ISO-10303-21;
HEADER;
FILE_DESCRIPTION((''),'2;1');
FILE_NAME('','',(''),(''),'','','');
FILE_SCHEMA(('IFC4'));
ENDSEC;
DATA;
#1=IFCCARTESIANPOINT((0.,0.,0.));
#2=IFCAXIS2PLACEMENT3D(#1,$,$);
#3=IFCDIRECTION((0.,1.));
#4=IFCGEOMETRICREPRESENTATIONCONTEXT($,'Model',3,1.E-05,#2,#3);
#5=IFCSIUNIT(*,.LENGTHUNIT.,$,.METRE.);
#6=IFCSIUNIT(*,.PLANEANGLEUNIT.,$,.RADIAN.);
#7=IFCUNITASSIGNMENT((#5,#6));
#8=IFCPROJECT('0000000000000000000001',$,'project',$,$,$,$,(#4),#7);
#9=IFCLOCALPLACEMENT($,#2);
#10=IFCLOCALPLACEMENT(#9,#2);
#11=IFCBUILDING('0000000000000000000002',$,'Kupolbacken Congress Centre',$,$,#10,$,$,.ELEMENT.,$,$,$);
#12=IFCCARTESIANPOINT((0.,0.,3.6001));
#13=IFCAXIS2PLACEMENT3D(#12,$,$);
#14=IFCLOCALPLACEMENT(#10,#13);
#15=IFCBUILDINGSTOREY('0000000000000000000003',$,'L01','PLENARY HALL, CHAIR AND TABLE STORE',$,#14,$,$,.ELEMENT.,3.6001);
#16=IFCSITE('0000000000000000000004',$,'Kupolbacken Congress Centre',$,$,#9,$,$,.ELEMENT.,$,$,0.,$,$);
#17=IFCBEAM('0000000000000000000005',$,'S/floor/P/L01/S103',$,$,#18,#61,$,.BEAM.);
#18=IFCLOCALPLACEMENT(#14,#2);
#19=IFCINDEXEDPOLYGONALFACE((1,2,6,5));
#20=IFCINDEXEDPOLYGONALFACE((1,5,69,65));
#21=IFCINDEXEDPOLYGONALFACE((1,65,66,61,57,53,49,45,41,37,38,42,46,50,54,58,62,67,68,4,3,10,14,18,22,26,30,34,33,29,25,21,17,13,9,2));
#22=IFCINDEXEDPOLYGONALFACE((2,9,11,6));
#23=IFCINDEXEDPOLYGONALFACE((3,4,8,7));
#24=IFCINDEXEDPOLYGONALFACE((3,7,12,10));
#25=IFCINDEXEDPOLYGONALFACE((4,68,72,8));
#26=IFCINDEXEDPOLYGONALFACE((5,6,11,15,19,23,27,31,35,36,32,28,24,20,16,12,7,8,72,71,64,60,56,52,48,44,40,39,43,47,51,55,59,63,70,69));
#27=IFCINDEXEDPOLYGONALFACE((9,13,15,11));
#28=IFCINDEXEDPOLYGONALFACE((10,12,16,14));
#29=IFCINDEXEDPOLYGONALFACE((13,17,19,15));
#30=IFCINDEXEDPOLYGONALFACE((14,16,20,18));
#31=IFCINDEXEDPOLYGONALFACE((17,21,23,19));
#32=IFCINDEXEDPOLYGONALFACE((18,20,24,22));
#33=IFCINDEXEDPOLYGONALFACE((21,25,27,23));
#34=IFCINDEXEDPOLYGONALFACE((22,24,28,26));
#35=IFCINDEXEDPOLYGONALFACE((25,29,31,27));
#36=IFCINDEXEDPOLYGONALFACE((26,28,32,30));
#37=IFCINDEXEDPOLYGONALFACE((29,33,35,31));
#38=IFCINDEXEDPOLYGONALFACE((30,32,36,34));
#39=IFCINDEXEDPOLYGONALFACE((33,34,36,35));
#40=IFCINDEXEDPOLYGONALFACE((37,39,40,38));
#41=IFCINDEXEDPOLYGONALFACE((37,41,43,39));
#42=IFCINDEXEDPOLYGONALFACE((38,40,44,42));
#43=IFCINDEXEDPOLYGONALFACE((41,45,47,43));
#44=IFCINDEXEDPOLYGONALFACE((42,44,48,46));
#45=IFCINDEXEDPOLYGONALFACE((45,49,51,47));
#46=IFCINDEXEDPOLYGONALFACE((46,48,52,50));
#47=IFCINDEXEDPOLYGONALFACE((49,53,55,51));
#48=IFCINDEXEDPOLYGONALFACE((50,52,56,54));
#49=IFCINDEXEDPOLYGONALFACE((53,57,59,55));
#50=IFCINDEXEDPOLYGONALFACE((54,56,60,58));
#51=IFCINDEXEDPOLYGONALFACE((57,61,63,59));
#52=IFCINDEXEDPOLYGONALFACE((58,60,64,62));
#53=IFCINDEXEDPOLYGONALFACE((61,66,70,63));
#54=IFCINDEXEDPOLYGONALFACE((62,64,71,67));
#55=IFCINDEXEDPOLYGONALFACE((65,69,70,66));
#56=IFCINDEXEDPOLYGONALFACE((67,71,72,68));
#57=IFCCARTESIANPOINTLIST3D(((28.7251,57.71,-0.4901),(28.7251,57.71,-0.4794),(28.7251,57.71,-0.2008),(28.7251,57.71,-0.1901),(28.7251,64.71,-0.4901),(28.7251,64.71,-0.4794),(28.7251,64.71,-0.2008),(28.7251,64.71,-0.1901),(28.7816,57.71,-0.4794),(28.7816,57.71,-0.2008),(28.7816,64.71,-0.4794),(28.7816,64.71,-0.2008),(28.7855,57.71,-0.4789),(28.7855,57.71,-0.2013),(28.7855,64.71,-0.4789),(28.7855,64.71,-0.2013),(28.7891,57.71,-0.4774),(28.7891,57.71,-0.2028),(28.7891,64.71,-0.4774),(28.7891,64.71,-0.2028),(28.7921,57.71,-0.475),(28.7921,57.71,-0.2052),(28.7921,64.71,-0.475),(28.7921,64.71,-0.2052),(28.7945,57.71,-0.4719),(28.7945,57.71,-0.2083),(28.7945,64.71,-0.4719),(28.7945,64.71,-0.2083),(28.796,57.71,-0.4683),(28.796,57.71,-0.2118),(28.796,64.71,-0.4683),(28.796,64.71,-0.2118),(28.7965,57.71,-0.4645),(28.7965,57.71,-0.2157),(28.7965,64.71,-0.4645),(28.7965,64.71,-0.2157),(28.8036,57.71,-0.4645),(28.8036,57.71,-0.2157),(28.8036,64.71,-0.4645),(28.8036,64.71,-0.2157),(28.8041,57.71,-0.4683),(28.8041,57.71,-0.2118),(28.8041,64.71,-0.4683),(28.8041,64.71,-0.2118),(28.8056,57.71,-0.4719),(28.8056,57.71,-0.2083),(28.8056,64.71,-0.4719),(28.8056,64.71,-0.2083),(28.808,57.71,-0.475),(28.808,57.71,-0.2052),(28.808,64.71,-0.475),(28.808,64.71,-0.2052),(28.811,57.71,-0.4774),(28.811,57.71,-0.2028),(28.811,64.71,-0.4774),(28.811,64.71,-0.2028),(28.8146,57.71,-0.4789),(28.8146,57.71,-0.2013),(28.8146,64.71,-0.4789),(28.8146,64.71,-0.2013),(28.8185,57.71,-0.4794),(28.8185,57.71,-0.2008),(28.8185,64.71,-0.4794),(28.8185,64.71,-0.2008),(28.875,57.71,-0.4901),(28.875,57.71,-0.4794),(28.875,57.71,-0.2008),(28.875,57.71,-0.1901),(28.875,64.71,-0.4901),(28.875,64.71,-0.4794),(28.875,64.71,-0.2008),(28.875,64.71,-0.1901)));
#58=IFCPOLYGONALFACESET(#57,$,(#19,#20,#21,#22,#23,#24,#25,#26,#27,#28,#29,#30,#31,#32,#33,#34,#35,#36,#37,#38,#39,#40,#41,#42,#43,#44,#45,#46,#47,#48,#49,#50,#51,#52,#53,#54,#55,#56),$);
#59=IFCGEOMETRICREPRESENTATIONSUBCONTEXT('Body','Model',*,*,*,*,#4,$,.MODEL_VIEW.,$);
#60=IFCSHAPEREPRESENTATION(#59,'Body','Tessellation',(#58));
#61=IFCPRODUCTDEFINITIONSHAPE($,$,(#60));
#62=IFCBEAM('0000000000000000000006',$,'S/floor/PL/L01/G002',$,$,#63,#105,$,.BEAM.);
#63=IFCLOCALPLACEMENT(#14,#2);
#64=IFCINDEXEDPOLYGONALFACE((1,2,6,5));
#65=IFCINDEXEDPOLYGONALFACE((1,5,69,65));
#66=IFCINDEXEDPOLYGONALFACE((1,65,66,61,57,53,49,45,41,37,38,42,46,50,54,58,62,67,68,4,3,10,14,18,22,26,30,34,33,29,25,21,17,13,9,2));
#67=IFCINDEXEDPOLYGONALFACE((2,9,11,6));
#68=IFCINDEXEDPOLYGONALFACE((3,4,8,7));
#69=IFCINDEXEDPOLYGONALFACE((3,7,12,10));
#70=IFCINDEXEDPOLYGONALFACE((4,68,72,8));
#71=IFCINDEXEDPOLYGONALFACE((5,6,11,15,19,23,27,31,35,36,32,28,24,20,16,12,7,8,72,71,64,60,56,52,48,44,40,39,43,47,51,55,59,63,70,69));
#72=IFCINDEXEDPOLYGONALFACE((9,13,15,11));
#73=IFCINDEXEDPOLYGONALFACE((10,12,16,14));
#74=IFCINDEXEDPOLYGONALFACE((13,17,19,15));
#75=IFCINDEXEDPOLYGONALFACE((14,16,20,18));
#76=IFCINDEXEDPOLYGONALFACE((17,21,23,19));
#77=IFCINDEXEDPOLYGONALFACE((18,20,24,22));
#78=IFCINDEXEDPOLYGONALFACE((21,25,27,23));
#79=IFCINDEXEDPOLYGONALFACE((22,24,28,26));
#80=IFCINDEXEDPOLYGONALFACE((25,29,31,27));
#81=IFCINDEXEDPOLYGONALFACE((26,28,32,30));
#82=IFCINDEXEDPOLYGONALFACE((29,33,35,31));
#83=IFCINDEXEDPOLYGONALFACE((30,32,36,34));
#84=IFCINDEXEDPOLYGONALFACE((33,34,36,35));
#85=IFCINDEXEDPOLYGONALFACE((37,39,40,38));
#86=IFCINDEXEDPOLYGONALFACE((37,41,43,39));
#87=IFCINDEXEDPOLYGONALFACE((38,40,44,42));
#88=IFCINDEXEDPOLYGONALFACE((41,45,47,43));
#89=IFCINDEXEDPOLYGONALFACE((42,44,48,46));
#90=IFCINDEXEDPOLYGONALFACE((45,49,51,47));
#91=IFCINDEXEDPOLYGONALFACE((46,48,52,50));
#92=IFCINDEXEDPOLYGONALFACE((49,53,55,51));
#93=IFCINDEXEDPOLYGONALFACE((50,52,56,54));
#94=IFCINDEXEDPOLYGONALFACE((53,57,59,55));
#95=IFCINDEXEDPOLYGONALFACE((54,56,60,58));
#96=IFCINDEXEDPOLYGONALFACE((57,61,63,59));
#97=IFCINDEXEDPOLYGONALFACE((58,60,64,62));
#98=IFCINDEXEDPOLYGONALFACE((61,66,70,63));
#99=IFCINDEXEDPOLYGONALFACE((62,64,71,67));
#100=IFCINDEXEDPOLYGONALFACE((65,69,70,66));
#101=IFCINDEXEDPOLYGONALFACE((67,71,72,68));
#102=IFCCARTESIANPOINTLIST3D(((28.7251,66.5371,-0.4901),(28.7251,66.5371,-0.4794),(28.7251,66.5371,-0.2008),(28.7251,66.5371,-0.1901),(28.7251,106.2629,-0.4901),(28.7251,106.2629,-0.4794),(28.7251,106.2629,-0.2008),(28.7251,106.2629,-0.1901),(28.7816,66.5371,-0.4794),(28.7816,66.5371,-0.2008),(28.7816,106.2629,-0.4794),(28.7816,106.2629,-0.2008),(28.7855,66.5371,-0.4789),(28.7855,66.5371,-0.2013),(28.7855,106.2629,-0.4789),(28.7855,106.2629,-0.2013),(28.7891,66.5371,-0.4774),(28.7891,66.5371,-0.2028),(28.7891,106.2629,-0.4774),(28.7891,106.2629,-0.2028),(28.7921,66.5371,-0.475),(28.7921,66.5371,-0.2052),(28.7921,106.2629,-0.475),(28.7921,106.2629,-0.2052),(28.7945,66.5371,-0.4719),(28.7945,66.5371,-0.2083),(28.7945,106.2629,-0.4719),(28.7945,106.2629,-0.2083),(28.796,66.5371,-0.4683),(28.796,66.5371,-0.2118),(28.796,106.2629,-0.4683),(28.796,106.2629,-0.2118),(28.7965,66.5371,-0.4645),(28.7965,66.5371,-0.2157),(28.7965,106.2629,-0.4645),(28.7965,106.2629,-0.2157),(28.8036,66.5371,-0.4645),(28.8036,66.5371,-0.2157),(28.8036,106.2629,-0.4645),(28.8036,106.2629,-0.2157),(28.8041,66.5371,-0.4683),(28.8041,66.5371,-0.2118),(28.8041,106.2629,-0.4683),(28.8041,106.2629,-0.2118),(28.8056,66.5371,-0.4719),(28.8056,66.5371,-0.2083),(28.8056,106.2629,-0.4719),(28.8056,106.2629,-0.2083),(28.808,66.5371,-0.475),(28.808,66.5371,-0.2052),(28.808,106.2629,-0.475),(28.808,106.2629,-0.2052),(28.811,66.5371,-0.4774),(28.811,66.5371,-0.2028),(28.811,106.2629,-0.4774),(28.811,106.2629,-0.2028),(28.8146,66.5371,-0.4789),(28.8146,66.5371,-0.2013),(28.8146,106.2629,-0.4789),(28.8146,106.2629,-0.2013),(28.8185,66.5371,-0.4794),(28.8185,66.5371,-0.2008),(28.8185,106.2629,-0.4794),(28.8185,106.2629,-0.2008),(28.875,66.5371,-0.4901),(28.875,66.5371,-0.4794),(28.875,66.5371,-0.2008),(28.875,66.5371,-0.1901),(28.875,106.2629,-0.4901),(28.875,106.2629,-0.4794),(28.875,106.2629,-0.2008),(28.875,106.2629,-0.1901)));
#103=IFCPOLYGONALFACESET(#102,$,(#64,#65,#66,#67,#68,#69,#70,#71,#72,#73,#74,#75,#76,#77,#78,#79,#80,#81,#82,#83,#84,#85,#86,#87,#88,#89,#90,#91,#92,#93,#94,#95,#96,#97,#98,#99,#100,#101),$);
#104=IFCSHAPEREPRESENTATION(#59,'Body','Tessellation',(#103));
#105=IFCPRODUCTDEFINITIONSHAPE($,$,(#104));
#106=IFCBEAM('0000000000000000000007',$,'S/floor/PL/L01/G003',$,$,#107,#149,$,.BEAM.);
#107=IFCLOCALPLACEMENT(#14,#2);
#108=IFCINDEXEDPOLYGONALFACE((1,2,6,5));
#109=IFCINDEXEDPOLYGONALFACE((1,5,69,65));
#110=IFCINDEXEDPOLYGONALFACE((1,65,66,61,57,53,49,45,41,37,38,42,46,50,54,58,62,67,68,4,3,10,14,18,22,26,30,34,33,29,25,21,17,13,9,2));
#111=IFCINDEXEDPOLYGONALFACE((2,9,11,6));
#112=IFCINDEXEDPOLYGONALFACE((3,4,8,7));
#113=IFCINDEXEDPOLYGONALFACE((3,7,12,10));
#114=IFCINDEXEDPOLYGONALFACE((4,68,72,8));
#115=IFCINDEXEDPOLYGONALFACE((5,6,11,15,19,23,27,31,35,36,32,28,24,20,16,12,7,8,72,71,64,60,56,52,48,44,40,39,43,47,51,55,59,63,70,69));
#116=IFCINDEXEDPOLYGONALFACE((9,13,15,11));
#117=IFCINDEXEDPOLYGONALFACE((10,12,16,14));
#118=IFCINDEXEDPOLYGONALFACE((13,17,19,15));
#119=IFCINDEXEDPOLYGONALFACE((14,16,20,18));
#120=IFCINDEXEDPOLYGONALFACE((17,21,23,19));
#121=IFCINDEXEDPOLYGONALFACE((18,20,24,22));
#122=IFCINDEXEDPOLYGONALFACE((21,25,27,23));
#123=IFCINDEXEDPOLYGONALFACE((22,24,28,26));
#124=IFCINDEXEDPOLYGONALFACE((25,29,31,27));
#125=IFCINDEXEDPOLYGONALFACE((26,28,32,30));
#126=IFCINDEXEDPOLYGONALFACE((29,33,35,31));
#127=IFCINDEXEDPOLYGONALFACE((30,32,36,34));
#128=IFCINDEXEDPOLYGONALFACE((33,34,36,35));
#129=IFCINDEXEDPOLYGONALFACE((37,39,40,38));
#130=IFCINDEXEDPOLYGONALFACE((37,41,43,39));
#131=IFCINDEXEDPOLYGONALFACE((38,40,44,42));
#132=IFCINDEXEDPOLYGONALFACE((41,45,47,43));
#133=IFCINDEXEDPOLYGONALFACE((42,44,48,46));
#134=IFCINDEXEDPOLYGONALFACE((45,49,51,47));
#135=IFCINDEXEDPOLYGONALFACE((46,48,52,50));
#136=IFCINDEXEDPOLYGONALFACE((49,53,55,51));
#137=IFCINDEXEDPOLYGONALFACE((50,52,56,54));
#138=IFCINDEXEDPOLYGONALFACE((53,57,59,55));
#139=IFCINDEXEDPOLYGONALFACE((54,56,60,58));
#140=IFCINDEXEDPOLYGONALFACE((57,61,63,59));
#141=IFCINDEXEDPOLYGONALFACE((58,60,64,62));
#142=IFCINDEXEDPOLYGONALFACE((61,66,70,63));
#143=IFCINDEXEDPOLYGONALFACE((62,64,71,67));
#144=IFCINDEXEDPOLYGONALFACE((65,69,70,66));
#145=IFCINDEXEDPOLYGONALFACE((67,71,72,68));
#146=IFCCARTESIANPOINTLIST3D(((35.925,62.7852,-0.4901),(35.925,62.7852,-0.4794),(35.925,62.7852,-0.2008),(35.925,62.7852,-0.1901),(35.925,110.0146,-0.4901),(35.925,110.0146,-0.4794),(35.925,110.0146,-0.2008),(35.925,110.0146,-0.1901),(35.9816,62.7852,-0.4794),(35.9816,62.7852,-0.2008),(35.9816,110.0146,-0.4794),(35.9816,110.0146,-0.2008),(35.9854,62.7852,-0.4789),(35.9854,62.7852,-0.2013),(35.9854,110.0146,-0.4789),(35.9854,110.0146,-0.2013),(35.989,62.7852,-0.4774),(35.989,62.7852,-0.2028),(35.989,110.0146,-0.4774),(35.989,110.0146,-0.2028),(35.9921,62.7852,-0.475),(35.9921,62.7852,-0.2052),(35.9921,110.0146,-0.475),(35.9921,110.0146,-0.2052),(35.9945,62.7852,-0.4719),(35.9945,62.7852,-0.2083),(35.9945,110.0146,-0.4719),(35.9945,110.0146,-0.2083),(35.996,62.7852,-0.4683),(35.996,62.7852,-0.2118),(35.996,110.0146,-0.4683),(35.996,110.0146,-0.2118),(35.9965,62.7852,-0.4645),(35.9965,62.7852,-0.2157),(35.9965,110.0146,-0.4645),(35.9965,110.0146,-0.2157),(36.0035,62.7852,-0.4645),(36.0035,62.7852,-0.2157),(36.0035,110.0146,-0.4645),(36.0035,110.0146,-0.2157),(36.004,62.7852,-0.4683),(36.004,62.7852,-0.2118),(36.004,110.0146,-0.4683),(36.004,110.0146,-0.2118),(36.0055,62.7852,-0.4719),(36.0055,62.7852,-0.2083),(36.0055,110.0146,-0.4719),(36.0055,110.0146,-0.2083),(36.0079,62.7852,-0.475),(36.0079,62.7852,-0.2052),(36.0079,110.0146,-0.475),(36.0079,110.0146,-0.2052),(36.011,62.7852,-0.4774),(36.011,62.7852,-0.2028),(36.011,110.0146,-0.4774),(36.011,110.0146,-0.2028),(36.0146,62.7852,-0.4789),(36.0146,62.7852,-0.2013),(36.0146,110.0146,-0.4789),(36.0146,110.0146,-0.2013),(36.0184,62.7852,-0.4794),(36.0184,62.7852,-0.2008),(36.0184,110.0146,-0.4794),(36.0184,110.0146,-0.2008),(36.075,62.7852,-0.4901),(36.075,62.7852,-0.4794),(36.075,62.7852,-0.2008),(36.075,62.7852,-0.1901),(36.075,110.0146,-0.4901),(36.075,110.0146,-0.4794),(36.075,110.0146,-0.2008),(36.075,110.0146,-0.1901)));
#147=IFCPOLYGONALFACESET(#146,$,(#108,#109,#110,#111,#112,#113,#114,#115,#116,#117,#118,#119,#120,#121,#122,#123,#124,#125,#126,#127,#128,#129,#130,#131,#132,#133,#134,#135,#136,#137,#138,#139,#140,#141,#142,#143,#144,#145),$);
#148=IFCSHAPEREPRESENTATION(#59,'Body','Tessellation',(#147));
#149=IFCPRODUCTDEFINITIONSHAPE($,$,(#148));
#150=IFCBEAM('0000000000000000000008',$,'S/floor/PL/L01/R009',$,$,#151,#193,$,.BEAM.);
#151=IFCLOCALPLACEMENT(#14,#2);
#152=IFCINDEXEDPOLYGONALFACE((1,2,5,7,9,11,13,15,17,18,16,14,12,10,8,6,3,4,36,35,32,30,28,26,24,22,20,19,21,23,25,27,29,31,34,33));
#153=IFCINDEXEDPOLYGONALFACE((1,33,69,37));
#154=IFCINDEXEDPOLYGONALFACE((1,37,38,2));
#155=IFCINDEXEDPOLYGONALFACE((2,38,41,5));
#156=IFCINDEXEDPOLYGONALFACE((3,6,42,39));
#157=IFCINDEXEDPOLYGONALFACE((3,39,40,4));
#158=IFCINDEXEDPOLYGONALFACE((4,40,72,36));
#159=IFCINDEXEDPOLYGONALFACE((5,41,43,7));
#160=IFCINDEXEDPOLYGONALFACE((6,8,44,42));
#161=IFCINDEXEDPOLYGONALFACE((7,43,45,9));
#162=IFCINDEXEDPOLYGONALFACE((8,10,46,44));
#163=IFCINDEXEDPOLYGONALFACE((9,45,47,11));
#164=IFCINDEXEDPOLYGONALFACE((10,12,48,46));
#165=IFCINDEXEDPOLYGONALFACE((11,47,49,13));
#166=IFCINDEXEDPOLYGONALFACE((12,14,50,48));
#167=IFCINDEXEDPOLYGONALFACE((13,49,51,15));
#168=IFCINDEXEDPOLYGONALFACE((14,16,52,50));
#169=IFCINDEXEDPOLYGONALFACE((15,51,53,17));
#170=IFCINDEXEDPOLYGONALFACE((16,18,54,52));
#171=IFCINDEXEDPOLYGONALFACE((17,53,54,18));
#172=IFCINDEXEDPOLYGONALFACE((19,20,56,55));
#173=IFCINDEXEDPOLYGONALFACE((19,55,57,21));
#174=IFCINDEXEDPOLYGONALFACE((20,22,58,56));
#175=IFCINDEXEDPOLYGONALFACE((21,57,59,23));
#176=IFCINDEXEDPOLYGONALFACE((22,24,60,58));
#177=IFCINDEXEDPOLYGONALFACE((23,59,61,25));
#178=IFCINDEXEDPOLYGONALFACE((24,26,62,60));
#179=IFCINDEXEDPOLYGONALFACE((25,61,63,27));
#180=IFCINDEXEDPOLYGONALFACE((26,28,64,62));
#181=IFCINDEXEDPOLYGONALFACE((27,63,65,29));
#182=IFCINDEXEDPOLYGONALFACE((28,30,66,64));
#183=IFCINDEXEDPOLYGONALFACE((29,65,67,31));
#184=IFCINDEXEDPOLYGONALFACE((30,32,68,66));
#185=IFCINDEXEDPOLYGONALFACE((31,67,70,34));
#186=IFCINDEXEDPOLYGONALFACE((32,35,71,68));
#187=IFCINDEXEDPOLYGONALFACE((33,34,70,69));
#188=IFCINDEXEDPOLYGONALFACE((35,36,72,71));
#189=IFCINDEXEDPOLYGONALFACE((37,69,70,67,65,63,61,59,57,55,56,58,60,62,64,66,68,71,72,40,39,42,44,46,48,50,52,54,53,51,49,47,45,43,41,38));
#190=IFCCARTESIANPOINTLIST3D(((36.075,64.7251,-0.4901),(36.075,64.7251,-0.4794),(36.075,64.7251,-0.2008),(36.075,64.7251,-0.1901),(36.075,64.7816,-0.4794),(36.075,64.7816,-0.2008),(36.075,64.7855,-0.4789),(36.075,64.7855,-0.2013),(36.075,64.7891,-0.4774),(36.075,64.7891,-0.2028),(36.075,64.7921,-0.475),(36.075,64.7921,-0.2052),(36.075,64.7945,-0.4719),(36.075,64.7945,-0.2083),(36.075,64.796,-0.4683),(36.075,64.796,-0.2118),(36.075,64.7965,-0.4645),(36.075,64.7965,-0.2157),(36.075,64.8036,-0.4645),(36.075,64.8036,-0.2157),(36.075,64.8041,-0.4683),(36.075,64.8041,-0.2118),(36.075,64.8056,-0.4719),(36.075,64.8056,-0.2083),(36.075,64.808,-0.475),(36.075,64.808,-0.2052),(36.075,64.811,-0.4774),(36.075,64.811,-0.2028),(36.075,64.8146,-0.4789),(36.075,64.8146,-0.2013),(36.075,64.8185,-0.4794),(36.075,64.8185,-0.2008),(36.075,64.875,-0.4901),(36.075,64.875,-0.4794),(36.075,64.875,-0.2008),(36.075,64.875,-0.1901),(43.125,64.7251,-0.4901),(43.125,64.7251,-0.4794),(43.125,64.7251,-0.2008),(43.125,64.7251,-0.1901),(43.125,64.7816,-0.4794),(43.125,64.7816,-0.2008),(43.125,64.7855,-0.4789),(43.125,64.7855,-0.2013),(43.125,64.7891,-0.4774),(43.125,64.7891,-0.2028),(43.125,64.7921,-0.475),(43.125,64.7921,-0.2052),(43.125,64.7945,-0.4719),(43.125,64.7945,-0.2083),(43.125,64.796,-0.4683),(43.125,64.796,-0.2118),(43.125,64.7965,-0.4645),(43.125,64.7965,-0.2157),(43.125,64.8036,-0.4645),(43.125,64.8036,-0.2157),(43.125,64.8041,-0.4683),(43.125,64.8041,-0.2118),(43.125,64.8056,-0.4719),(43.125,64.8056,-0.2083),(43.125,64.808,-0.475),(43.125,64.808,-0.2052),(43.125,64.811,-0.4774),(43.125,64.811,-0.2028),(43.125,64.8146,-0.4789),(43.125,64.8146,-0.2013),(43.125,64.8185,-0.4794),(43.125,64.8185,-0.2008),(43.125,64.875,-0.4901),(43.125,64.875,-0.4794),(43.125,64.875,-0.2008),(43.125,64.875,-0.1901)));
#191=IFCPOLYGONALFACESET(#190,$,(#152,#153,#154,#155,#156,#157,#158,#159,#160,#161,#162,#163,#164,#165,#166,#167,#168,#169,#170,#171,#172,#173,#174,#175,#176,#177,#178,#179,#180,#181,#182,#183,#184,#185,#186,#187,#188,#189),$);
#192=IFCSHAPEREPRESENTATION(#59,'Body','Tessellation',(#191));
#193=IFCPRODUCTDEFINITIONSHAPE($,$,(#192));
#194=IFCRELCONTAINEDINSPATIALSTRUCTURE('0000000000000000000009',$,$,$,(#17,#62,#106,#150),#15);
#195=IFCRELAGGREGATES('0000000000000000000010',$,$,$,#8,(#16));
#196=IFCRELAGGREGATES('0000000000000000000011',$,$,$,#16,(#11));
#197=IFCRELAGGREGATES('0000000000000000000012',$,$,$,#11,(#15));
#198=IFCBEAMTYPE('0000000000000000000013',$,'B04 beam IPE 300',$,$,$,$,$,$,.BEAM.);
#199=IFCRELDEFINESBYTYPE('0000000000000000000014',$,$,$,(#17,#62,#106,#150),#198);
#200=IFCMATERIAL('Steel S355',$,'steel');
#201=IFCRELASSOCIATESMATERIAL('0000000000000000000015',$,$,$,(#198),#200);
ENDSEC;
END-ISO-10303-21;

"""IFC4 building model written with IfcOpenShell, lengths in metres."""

from ifc_helpers import new_model, si_unit, direction, frame, origin, origin_2d, place, context, subcontext, project, spatial, i_section, extrude, material, material_profile, profile_set, type_object, element, save


model = new_model("IFC4")

# Units and contexts
model_context = context("Model", 3, precision=1e-05, world=origin(), true_north=direction((0.0, 1.0)))
body_context = subcontext(model_context, "Body", "Model", "MODEL_VIEW")
ifc_project = project(units=[si_unit("LENGTHUNIT", "METRE"), si_unit("PLANEANGLEUNIT", "RADIAN")], contexts=[model_context])

# Site, building, storey
site_placement = place(None, origin())
site = spatial("IfcSite", under=ifc_project, at=site_placement, Name="Kupolbacken Congress Centre", CompositionType="ELEMENT", RefElevation=0.0)
building_placement = place(site_placement, origin())
building = spatial("IfcBuilding", under=site, at=building_placement, Name="Kupolbacken Congress Centre", CompositionType="ELEMENT")
storey_placement = place(building_placement, frame((0.0, 0.0, 3.6001)))
storey = spatial("IfcBuildingStorey", under=building, at=storey_placement, Name="L01", Description="PLENARY HALL, CHAIR AND TABLE STORE", CompositionType="ELEMENT", Elevation=3.6001)

# Beams
ifc_material_1 = material(Name="Steel S355", Category="steel")
ifc_material_profile_1 = material_profile(ifc_material_1, i_section(OverallWidth=0.1499, OverallDepth=0.3, WebThickness=0.0071, FlangeThickness=0.0107, FilletRadius=0.0149, at=origin_2d()), Name="IPE 300")
ifc_profile_set_1 = profile_set([ifc_material_profile_1], Name="Steel S355")
beam_type_1 = type_object("IfcBeamType", Name="B04 beam IPE 300", PredefinedType="BEAM", material=ifc_profile_set_1)
for number, where, z_axis, x_axis, name in (
    (1, (28.8, 57.71, -0.3401), (0.0, 1.0, 0.0), (-1.0, 0.0, 0.0), "S/floor/P/L01/S103"),
):
    element("IfcBeam", number, at=place(storey_placement, frame(where, z_axis=z_axis, x_axis=x_axis)), inside=storey, type_object=beam_type_1, Name=name, PredefinedType="BEAM", context=body_context, shape_type="SweptSolid", body=[
        extrude(i_section(OverallWidth=0.1499, OverallDepth=0.3, WebThickness=0.0071, FlangeThickness=0.0107, FilletRadius=0.0149, at=origin_2d()), origin(), (0.0, 0.0, 1.0), 7.0),
    ])
beam_1_placement = place(storey_placement, frame((28.8, 66.5371, -0.3401), z_axis=(0.0, 1.0, 0.0), x_axis=(-1.0, 0.0, 0.0)))
element("IfcBeam", 2, at=beam_1_placement, inside=storey, type_object=beam_type_1, Name="S/floor/PL/L01/G002", PredefinedType="BEAM", context=body_context, shape_type="SweptSolid", body=[
    extrude(i_section(OverallWidth=0.1499, OverallDepth=0.3, WebThickness=0.0071, FlangeThickness=0.0107, FilletRadius=0.0149, at=origin_2d()), origin(), (0.0, 0.0, 1.0), 39.7258),
])
beam_2_placement = place(storey_placement, frame((36.0, 62.7852, -0.3401), z_axis=(0.0, 1.0, 0.0), x_axis=(-1.0, 0.0, 0.0)))
element("IfcBeam", 3, at=beam_2_placement, inside=storey, type_object=beam_type_1, Name="S/floor/PL/L01/G003", PredefinedType="BEAM", context=body_context, shape_type="SweptSolid", body=[
    extrude(i_section(OverallWidth=0.1499, OverallDepth=0.3, WebThickness=0.0071, FlangeThickness=0.0107, FilletRadius=0.0149, at=origin_2d()), origin(), (0.0, 0.0, 1.0), 47.2295),
])
for number, where, z_axis, x_axis, name in (
    (4, (36.075, 64.8, -0.3401), (1.0, 0.0, 0.0), (0.0, 1.0, 0.0), "S/floor/PL/L01/R009"),
):
    element("IfcBeam", number, at=place(storey_placement, frame(where, z_axis=z_axis, x_axis=x_axis)), inside=storey, type_object=beam_type_1, Name=name, PredefinedType="BEAM", context=body_context, shape_type="SweptSolid", body=[
        extrude(i_section(OverallWidth=0.1499, OverallDepth=0.3, WebThickness=0.0071, FlangeThickness=0.0107, FilletRadius=0.0149, at=origin_2d()), origin(), (0.0, 0.0, 1.0), 7.05),
    ])

save(model, "model.ifc")
